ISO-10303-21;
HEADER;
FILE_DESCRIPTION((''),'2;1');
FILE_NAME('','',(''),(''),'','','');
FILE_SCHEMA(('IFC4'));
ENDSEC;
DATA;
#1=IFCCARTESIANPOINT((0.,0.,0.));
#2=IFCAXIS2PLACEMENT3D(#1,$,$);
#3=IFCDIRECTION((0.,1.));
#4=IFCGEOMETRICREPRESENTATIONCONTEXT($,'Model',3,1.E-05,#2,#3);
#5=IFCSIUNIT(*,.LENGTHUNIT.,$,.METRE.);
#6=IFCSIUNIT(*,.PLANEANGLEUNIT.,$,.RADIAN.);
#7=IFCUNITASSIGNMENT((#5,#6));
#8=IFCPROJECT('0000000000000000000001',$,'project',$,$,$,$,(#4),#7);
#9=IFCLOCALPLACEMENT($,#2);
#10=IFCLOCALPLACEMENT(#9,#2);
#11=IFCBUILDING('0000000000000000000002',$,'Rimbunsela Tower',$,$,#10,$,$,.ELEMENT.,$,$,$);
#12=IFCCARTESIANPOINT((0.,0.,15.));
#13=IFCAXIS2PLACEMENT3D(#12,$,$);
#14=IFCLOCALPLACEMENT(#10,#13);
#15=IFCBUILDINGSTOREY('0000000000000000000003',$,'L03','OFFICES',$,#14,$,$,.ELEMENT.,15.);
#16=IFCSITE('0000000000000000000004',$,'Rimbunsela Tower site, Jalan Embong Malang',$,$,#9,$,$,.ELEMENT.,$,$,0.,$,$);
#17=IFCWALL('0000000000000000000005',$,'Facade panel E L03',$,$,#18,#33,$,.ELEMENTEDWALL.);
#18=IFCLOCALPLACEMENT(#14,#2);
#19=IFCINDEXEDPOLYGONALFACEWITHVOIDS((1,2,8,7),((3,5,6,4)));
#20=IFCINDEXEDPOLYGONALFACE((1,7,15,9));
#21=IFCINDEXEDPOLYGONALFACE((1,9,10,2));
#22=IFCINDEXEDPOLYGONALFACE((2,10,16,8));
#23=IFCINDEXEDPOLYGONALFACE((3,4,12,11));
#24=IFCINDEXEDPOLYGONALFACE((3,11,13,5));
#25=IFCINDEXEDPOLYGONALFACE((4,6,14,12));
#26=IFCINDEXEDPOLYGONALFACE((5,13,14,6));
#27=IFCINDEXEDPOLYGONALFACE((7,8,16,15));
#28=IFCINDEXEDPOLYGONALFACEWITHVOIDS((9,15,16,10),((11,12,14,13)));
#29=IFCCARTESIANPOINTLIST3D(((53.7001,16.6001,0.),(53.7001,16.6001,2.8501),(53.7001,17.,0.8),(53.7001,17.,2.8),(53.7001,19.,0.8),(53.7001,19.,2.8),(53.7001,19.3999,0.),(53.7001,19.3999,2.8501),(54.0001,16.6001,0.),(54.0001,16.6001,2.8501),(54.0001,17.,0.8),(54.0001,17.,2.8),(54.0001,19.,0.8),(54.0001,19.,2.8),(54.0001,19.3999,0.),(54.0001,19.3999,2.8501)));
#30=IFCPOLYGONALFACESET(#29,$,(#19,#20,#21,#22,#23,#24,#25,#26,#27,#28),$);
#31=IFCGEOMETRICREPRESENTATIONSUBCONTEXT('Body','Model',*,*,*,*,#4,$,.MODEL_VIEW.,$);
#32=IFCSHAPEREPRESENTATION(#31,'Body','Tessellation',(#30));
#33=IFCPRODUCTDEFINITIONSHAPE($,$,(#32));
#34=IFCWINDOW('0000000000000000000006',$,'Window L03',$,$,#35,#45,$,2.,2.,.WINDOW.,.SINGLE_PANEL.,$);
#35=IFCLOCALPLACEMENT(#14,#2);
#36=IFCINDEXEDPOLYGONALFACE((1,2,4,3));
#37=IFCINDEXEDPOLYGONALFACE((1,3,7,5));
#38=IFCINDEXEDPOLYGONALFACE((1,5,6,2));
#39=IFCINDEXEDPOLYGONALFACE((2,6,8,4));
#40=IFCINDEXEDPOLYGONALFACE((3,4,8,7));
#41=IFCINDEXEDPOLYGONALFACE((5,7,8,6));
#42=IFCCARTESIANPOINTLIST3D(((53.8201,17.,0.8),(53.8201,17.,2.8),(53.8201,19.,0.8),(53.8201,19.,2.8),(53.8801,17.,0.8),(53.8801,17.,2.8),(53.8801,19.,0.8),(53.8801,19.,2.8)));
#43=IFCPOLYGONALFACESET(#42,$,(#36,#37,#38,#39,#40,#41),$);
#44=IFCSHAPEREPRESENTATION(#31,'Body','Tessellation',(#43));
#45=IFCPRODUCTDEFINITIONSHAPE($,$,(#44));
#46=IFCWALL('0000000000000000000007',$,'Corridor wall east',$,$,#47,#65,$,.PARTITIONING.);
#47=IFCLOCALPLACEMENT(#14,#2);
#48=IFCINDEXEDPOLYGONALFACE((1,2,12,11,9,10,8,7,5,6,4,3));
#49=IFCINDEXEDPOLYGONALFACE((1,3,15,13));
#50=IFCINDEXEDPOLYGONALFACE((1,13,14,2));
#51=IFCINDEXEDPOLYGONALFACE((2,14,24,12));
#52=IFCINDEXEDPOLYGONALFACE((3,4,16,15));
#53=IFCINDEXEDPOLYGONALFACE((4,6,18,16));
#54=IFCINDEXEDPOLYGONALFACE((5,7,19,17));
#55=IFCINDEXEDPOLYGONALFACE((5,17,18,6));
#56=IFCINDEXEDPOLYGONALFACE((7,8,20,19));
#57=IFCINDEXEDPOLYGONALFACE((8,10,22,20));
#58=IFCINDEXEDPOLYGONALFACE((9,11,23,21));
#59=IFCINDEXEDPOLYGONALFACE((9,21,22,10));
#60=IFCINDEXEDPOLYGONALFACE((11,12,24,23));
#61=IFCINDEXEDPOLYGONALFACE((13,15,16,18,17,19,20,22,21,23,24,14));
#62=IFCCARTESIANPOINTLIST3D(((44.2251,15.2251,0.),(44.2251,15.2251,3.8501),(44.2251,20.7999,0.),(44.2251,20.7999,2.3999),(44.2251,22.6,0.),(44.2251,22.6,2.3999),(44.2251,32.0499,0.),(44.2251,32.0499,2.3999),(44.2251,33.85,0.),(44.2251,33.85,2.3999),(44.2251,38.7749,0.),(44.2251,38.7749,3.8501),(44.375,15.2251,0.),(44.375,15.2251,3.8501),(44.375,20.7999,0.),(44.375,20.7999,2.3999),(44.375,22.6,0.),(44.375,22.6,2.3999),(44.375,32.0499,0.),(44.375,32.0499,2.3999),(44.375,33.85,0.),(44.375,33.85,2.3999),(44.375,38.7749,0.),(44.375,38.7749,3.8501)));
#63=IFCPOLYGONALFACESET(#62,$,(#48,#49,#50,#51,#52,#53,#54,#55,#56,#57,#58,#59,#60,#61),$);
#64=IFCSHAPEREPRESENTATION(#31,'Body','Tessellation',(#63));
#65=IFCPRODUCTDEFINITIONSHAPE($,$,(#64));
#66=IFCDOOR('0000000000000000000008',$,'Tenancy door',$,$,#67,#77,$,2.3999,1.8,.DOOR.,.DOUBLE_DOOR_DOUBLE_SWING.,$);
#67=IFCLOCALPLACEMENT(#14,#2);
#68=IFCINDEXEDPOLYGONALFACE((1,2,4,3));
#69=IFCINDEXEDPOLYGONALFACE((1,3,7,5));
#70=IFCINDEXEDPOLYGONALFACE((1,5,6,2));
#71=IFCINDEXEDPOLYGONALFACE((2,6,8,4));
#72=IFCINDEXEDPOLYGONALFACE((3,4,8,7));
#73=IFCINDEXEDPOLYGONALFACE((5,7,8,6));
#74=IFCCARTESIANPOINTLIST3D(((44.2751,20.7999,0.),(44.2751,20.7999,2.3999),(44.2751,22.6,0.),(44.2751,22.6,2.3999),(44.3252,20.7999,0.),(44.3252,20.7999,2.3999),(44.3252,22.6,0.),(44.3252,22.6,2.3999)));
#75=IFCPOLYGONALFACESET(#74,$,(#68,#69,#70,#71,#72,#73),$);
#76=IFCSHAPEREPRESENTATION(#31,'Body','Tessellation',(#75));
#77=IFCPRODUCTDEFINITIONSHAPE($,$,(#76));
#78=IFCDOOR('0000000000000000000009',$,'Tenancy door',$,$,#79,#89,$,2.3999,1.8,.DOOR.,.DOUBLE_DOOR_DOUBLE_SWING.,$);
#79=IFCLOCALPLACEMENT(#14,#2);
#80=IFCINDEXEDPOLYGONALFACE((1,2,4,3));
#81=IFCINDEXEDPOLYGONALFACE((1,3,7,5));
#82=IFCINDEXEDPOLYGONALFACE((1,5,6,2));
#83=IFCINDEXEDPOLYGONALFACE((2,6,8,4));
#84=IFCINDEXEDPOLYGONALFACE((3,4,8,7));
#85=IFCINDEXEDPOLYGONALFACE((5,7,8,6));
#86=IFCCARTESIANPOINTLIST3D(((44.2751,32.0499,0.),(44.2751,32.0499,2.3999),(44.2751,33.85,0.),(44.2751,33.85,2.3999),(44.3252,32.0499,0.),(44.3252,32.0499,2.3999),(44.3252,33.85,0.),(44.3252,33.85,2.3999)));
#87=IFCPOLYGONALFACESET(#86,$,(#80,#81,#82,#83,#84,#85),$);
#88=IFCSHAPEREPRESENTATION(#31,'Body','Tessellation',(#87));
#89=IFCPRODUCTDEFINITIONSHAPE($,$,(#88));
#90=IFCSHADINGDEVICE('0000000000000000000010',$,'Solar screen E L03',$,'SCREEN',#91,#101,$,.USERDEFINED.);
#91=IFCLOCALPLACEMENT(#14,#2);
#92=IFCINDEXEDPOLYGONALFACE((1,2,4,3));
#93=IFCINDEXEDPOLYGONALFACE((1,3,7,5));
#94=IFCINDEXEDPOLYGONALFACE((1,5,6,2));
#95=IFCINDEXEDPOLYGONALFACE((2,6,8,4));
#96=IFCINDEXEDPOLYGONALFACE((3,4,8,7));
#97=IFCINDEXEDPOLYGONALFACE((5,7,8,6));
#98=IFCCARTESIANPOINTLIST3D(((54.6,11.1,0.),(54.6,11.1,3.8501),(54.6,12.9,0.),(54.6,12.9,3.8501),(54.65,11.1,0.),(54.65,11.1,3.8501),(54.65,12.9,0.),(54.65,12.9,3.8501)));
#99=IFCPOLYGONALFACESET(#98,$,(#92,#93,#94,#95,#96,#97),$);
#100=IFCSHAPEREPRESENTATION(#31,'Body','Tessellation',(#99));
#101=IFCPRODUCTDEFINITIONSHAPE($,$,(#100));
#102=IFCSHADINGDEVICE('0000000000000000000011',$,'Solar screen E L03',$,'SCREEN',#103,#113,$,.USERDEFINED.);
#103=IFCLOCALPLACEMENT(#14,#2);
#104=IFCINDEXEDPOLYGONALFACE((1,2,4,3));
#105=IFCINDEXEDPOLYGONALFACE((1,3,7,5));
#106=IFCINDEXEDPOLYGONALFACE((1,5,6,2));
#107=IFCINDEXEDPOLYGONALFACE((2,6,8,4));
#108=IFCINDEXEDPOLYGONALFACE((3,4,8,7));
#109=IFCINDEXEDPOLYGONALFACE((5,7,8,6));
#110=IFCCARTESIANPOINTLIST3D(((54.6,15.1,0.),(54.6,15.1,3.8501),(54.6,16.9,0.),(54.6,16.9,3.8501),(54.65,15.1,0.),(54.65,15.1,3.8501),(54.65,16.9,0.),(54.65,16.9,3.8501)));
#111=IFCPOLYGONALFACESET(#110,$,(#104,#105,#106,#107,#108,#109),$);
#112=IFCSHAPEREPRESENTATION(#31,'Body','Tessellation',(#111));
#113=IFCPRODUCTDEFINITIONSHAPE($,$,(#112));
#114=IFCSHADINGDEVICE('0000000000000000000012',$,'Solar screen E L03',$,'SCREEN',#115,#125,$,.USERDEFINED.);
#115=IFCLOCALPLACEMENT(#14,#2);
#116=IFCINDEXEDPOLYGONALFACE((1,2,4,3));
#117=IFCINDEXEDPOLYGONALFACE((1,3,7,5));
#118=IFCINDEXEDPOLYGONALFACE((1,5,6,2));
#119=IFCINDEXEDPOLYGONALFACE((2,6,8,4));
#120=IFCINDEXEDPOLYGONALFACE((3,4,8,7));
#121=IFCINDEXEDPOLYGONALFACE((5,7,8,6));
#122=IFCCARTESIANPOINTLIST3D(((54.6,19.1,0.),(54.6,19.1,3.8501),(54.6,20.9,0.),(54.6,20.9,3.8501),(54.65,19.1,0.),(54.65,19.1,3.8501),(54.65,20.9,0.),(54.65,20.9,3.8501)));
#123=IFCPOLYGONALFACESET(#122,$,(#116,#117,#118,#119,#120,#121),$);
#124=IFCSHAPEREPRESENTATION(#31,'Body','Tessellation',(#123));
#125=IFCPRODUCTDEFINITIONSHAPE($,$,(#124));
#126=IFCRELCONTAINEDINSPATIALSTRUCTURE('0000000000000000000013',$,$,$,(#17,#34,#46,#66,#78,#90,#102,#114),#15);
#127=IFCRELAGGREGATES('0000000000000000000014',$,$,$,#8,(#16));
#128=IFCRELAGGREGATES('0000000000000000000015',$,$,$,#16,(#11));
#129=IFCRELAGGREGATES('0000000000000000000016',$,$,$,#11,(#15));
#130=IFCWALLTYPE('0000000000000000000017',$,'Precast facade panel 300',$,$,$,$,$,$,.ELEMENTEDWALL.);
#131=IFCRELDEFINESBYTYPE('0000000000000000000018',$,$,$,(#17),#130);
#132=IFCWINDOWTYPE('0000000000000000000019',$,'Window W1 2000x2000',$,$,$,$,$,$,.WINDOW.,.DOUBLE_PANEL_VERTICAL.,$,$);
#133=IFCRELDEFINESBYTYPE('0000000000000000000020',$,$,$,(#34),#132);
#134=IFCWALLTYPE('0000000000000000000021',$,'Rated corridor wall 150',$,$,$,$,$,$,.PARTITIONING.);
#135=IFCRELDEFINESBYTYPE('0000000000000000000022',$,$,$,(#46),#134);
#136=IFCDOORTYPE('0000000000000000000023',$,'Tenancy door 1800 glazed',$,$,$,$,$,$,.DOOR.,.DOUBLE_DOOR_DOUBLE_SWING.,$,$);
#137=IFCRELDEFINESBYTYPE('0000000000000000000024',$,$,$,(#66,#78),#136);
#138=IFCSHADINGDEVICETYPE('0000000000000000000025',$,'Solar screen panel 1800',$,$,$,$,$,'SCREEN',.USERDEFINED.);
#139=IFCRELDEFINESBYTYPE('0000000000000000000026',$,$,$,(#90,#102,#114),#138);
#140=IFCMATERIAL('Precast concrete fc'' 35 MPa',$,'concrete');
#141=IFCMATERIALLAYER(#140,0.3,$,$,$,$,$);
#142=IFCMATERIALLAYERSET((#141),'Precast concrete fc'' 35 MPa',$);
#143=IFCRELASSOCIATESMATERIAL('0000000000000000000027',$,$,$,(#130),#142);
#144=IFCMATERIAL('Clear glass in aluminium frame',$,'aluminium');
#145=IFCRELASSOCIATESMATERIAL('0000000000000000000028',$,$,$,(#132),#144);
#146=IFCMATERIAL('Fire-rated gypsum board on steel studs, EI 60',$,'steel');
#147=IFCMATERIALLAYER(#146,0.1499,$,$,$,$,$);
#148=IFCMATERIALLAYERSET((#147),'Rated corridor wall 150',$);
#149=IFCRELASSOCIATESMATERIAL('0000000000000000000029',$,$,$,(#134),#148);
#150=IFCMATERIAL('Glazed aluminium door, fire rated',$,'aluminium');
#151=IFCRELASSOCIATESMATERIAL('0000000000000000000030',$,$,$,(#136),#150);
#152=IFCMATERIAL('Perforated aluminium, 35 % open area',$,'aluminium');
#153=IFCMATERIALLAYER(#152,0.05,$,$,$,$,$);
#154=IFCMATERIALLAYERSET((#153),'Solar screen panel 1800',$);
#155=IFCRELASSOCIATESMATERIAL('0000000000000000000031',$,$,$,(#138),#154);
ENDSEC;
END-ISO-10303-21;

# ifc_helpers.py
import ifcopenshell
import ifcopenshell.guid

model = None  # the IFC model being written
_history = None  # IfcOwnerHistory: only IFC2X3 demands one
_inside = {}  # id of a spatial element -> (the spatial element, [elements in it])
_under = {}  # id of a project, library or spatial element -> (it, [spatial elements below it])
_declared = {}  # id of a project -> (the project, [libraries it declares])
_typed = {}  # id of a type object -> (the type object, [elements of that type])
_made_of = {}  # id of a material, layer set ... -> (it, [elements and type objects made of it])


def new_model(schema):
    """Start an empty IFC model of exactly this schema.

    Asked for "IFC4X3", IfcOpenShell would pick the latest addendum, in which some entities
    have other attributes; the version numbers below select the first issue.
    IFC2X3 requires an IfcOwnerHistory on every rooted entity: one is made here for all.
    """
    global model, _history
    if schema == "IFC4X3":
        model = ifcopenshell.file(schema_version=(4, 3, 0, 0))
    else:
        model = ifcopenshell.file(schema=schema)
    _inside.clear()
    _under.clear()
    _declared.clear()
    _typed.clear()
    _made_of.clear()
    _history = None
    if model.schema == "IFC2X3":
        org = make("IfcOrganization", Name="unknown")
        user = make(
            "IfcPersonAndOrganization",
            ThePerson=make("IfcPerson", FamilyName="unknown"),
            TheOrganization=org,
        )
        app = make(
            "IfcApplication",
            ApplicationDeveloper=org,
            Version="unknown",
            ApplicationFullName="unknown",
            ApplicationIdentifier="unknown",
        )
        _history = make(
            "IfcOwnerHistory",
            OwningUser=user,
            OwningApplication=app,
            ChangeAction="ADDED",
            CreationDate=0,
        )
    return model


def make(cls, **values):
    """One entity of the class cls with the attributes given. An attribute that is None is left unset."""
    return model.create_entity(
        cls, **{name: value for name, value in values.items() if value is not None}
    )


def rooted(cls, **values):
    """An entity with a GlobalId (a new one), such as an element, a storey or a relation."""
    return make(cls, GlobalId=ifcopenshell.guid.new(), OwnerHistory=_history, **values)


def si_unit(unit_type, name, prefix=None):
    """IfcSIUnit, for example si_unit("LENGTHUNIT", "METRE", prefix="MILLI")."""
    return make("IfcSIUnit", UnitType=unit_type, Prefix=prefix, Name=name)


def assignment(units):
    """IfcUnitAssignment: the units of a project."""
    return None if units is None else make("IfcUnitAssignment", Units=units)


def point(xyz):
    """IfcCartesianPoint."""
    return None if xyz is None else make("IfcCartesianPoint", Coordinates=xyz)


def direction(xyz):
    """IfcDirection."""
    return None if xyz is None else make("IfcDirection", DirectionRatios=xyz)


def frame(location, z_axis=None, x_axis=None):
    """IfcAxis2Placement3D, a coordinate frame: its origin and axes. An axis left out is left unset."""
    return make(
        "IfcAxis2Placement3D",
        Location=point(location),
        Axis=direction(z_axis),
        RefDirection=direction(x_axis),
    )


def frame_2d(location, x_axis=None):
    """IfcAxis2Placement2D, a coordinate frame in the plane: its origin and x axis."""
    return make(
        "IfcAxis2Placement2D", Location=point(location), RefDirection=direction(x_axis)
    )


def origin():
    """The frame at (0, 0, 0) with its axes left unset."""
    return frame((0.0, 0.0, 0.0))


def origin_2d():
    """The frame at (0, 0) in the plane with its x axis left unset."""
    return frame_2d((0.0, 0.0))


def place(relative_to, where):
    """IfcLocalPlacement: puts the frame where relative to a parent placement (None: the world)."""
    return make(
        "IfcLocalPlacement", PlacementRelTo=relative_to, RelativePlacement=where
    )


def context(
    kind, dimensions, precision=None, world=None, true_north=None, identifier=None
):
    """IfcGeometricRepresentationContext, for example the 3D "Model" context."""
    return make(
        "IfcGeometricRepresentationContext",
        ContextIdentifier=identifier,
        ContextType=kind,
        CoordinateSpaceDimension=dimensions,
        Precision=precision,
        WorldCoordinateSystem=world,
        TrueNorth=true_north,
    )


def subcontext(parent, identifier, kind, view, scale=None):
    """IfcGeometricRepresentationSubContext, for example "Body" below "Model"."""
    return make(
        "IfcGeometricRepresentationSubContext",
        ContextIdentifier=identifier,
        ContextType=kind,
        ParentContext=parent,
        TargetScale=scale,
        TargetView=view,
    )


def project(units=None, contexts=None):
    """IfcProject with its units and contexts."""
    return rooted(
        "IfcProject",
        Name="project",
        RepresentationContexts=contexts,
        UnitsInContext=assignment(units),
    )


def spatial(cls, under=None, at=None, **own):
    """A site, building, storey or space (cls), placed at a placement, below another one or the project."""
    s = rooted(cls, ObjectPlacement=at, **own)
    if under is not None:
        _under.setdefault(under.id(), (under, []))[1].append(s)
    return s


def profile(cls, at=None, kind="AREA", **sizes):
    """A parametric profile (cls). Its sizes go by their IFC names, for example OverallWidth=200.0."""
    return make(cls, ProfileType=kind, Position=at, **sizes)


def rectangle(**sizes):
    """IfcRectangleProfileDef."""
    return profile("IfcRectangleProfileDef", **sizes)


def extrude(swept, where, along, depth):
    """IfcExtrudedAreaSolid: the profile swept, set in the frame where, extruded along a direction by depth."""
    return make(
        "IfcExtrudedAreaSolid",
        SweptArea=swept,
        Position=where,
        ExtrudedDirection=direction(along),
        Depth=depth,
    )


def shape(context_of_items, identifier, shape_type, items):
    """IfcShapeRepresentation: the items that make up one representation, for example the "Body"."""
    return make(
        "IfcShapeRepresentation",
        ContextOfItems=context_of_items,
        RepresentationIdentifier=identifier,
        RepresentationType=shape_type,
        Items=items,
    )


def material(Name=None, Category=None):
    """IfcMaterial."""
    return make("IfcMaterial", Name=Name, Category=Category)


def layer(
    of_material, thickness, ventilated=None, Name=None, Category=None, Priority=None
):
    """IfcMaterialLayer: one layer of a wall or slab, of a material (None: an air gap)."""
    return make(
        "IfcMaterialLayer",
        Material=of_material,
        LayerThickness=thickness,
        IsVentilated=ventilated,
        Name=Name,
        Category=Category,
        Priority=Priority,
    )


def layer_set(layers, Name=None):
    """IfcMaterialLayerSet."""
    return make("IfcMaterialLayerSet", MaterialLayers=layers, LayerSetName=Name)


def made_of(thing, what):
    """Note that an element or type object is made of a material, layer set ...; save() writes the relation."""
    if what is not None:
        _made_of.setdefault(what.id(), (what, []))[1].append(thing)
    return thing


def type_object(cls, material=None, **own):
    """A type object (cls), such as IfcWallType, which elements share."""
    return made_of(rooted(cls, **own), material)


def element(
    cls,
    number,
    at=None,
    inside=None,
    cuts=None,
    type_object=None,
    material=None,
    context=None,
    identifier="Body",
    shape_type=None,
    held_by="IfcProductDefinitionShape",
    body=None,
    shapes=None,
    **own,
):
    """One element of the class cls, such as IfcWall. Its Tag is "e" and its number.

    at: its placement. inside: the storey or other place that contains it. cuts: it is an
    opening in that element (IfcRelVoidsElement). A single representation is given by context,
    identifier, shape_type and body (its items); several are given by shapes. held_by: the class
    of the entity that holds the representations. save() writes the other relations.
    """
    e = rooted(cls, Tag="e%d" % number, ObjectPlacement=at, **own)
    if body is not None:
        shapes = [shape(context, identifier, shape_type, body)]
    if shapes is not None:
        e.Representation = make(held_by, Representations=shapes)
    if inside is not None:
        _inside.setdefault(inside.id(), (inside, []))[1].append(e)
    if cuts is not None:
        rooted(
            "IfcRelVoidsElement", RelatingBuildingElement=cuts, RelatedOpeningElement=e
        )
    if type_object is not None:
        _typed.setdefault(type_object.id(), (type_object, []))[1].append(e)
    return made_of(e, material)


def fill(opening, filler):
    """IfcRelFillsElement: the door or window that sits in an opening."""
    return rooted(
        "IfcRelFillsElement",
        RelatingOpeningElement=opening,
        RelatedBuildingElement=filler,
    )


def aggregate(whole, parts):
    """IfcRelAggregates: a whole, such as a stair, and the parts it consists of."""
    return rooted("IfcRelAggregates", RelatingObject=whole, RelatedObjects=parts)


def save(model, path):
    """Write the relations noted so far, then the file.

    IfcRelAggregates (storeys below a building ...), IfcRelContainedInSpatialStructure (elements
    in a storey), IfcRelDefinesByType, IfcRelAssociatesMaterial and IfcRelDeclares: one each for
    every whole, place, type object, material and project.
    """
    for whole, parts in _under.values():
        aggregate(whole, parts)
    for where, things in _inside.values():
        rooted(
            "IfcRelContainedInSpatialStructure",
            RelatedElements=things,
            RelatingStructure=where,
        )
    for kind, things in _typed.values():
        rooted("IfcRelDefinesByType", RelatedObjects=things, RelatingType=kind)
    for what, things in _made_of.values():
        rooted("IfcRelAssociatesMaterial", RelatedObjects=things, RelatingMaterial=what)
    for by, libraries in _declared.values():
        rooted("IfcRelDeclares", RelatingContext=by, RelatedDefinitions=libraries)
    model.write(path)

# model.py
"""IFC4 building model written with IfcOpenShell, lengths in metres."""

from ifc_helpers import new_model, si_unit, direction, frame, frame_2d, origin, origin_2d, place, context, subcontext, project, spatial, rectangle, extrude, material, layer, layer_set, type_object, element, fill, save


model = new_model("IFC4")

# Units and contexts
model_context = context("Model", 3, precision=1e-05, world=origin(), true_north=direction((0.0, 1.0)))
body_context = subcontext(model_context, "Body", "Model", "MODEL_VIEW")
ifc_project = project(units=[si_unit("LENGTHUNIT", "METRE"), si_unit("PLANEANGLEUNIT", "RADIAN")], contexts=[model_context])

# Site, building, storey
site_placement = place(None, origin())
site = spatial("IfcSite", under=ifc_project, at=site_placement, Name="Rimbunsela Tower site, Jalan Embong Malang", CompositionType="ELEMENT", RefElevation=0.0)
building_placement = place(site_placement, origin())
building = spatial("IfcBuilding", under=site, at=building_placement, Name="Rimbunsela Tower", CompositionType="ELEMENT")
storey_placement = place(building_placement, frame((0.0, 0.0, 15.0)))
storey = spatial("IfcBuildingStorey", under=building, at=storey_placement, Name="L03", Description="OFFICES", CompositionType="ELEMENT", Elevation=15.0)

# Wall, opening, window
ifc_material_1 = material(Name="Precast concrete fc' 35 MPa", Category="concrete")
ifc_layer_1 = layer(ifc_material_1, 0.3)
ifc_layer_set_1 = layer_set([ifc_layer_1], Name="Precast concrete fc' 35 MPa")
wall_type_1 = type_object("IfcWallType", Name="Precast facade panel 300", PredefinedType="ELEMENTEDWALL", material=ifc_layer_set_1)
ifc_material_2 = material(Name="Clear glass in aluminium frame", Category="aluminium")
window_type = type_object("IfcWindowType", Name="Window W1 2000x2000", PartitioningType="DOUBLE_PANEL_VERTICAL", PredefinedType="WINDOW", material=ifc_material_2)
wall_1_placement = place(storey_placement, frame((53.8501, 16.6001, 0.0), z_axis=(0.0, 0.0, 1.0), x_axis=(0.0, 1.0, 0.0)))
wall_1 = element("IfcWall", 1, at=wall_1_placement, inside=storey, type_object=wall_type_1, Name="Facade panel E L03", PredefinedType="ELEMENTEDWALL", context=body_context, shape_type="SweptSolid", body=[
    extrude(rectangle(XDim=2.7998, YDim=0.3, at=frame_2d((1.3999, 0.0))), origin(), (0.0, 0.0, 1.0), 2.8501),
])
opening_1_placement = place(wall_1_placement, frame((0.3999, 0.0, 0.8)))
opening_1 = element("IfcOpeningElement", 2, at=opening_1_placement, cuts=wall_1, PredefinedType="OPENING", context=body_context, shape_type="SweptSolid", body=[
    extrude(rectangle(XDim=2.0, YDim=2.0, at=frame_2d((1.0, 1.0))), frame((0.0, 0.1599, 0.0), z_axis=(0.0, -1.0, 0.0), x_axis=(1.0, 0.0, 0.0)), (0.0, 0.0, 1.0), 0.3201),
])
window_1_placement = place(opening_1_placement, origin())
window_1 = element("IfcWindow", 3, at=window_1_placement, inside=storey, type_object=window_type, Name="Window L03", OverallHeight=2.0, OverallWidth=2.0, PartitioningType="SINGLE_PANEL", PredefinedType="WINDOW", context=body_context, shape_type="SweptSolid", body=[
    extrude(rectangle(XDim=2.0, YDim=2.0, at=frame_2d((1.0, 1.0))), frame((0.0, 0.03, 0.0), z_axis=(0.0, -1.0, 0.0), x_axis=(1.0, 0.0, 0.0)), (0.0, 0.0, 1.0), 0.0601),
])
fill(opening_1, window_1)

# Wall, openings, doors
ifc_material_3 = material(Name="Fire-rated gypsum board on steel studs, EI 60", Category="steel")
ifc_layer_2 = layer(ifc_material_3, 0.1499)
ifc_layer_set_2 = layer_set([ifc_layer_2], Name="Rated corridor wall 150")
wall_type_2 = type_object("IfcWallType", Name="Rated corridor wall 150", PredefinedType="PARTITIONING", material=ifc_layer_set_2)
wall_2_placement = place(storey_placement, frame((44.3, 15.2251, 0.0), z_axis=(0.0, 0.0, 1.0), x_axis=(0.0, 1.0, 0.0)))
wall_2 = element("IfcWall", 4, at=wall_2_placement, inside=storey, type_object=wall_type_2, Name="Corridor wall east", PredefinedType="PARTITIONING", context=body_context, shape_type="SweptSolid", body=[
    extrude(rectangle(XDim=23.5498, YDim=0.1499, at=frame_2d((11.7749, 0.0))), origin(), (0.0, 0.0, 1.0), 3.8501),
])
opening_2_placement = place(wall_2_placement, frame((5.575, 0.0, 0.0)))
opening_2 = element("IfcOpeningElement", 5, at=opening_2_placement, cuts=wall_2, PredefinedType="OPENING", context=body_context, shape_type="SweptSolid", body=[
    extrude(rectangle(XDim=1.8, YDim=2.3999, at=frame_2d((0.8999, 1.2))), frame((0.0, 0.085, 0.0), z_axis=(0.0, -1.0, 0.0), x_axis=(1.0, 0.0, 0.0)), (0.0, 0.0, 1.0), 0.1699),
])
opening_3_placement = place(wall_2_placement, frame((16.825, 0.0, 0.0)))
opening_3 = element("IfcOpeningElement", 6, at=opening_3_placement, cuts=wall_2, PredefinedType="OPENING", context=body_context, shape_type="SweptSolid", body=[
    extrude(rectangle(XDim=1.8, YDim=2.3999, at=frame_2d((0.8999, 1.2))), frame((0.0, 0.085, 0.0), z_axis=(0.0, -1.0, 0.0), x_axis=(1.0, 0.0, 0.0)), (0.0, 0.0, 1.0), 0.1699),
])
ifc_material_4 = material(Name="Glazed aluminium door, fire rated", Category="aluminium")
door_type_1 = type_object("IfcDoorType", Name="Tenancy door 1800 glazed", OperationType="DOUBLE_DOOR_DOUBLE_SWING", PredefinedType="DOOR", material=ifc_material_4)
door_1_placement = place(opening_2_placement, origin())
door_1 = element("IfcDoor", 7, at=door_1_placement, inside=storey, type_object=door_type_1, Name="Tenancy door", OperationType="DOUBLE_DOOR_DOUBLE_SWING", OverallHeight=2.3999, OverallWidth=1.8, PredefinedType="DOOR", context=body_context, shape_type="SweptSolid", body=[
    extrude(rectangle(XDim=1.8, YDim=2.3999, at=frame_2d((0.8999, 1.2))), frame((0.0, 0.0249, 0.0), z_axis=(0.0, -1.0, 0.0), x_axis=(1.0, 0.0, 0.0)), (0.0, 0.0, 1.0), 0.05),
])
fill(opening_2, door_1)
door_2_placement = place(opening_3_placement, origin())
door_2 = element("IfcDoor", 8, at=door_2_placement, inside=storey, type_object=door_type_1, Name="Tenancy door", OperationType="DOUBLE_DOOR_DOUBLE_SWING", OverallHeight=2.3999, OverallWidth=1.8, PredefinedType="DOOR", context=body_context, shape_type="SweptSolid", body=[
    extrude(rectangle(XDim=1.8, YDim=2.3999, at=frame_2d((0.8999, 1.2))), frame((0.0, 0.0249, 0.0), z_axis=(0.0, -1.0, 0.0), x_axis=(1.0, 0.0, 0.0)), (0.0, 0.0, 1.0), 0.05),
])
fill(opening_3, door_2)

# Shading devices
ifc_material_5 = material(Name="Perforated aluminium, 35 % open area", Category="aluminium")
ifc_layer_3 = layer(ifc_material_5, 0.05)
ifc_layer_set_3 = layer_set([ifc_layer_3], Name="Solar screen panel 1800")
shading_device_type = type_object("IfcShadingDeviceType", Name="Solar screen panel 1800", ElementType="SCREEN", PredefinedType="USERDEFINED", material=ifc_layer_set_3)
for number, where, z_axis, x_axis, name in (
    (9, (54.625, 12.0, 0.0), (0.0, 0.0, 1.0), (0.0, 1.0, 0.0), "Solar screen E L03"),
    (10, (54.625, 16.0, 0.0), (0.0, 0.0, 1.0), (0.0, 1.0, 0.0), "Solar screen E L03"),
    (11, (54.625, 20.0, 0.0), (0.0, 0.0, 1.0), (0.0, 1.0, 0.0), "Solar screen E L03"),
):
    element("IfcShadingDevice", number, at=place(storey_placement, frame(where, z_axis=z_axis, x_axis=x_axis)), inside=storey, type_object=shading_device_type, Name=name, ObjectType="SCREEN", PredefinedType="USERDEFINED", context=body_context, shape_type="SweptSolid", body=[
        extrude(rectangle(XDim=1.8, YDim=0.05, at=origin_2d()), origin(), (0.0, 0.0, 1.0), 3.8501),
    ])

save(model, "model.ifc")
